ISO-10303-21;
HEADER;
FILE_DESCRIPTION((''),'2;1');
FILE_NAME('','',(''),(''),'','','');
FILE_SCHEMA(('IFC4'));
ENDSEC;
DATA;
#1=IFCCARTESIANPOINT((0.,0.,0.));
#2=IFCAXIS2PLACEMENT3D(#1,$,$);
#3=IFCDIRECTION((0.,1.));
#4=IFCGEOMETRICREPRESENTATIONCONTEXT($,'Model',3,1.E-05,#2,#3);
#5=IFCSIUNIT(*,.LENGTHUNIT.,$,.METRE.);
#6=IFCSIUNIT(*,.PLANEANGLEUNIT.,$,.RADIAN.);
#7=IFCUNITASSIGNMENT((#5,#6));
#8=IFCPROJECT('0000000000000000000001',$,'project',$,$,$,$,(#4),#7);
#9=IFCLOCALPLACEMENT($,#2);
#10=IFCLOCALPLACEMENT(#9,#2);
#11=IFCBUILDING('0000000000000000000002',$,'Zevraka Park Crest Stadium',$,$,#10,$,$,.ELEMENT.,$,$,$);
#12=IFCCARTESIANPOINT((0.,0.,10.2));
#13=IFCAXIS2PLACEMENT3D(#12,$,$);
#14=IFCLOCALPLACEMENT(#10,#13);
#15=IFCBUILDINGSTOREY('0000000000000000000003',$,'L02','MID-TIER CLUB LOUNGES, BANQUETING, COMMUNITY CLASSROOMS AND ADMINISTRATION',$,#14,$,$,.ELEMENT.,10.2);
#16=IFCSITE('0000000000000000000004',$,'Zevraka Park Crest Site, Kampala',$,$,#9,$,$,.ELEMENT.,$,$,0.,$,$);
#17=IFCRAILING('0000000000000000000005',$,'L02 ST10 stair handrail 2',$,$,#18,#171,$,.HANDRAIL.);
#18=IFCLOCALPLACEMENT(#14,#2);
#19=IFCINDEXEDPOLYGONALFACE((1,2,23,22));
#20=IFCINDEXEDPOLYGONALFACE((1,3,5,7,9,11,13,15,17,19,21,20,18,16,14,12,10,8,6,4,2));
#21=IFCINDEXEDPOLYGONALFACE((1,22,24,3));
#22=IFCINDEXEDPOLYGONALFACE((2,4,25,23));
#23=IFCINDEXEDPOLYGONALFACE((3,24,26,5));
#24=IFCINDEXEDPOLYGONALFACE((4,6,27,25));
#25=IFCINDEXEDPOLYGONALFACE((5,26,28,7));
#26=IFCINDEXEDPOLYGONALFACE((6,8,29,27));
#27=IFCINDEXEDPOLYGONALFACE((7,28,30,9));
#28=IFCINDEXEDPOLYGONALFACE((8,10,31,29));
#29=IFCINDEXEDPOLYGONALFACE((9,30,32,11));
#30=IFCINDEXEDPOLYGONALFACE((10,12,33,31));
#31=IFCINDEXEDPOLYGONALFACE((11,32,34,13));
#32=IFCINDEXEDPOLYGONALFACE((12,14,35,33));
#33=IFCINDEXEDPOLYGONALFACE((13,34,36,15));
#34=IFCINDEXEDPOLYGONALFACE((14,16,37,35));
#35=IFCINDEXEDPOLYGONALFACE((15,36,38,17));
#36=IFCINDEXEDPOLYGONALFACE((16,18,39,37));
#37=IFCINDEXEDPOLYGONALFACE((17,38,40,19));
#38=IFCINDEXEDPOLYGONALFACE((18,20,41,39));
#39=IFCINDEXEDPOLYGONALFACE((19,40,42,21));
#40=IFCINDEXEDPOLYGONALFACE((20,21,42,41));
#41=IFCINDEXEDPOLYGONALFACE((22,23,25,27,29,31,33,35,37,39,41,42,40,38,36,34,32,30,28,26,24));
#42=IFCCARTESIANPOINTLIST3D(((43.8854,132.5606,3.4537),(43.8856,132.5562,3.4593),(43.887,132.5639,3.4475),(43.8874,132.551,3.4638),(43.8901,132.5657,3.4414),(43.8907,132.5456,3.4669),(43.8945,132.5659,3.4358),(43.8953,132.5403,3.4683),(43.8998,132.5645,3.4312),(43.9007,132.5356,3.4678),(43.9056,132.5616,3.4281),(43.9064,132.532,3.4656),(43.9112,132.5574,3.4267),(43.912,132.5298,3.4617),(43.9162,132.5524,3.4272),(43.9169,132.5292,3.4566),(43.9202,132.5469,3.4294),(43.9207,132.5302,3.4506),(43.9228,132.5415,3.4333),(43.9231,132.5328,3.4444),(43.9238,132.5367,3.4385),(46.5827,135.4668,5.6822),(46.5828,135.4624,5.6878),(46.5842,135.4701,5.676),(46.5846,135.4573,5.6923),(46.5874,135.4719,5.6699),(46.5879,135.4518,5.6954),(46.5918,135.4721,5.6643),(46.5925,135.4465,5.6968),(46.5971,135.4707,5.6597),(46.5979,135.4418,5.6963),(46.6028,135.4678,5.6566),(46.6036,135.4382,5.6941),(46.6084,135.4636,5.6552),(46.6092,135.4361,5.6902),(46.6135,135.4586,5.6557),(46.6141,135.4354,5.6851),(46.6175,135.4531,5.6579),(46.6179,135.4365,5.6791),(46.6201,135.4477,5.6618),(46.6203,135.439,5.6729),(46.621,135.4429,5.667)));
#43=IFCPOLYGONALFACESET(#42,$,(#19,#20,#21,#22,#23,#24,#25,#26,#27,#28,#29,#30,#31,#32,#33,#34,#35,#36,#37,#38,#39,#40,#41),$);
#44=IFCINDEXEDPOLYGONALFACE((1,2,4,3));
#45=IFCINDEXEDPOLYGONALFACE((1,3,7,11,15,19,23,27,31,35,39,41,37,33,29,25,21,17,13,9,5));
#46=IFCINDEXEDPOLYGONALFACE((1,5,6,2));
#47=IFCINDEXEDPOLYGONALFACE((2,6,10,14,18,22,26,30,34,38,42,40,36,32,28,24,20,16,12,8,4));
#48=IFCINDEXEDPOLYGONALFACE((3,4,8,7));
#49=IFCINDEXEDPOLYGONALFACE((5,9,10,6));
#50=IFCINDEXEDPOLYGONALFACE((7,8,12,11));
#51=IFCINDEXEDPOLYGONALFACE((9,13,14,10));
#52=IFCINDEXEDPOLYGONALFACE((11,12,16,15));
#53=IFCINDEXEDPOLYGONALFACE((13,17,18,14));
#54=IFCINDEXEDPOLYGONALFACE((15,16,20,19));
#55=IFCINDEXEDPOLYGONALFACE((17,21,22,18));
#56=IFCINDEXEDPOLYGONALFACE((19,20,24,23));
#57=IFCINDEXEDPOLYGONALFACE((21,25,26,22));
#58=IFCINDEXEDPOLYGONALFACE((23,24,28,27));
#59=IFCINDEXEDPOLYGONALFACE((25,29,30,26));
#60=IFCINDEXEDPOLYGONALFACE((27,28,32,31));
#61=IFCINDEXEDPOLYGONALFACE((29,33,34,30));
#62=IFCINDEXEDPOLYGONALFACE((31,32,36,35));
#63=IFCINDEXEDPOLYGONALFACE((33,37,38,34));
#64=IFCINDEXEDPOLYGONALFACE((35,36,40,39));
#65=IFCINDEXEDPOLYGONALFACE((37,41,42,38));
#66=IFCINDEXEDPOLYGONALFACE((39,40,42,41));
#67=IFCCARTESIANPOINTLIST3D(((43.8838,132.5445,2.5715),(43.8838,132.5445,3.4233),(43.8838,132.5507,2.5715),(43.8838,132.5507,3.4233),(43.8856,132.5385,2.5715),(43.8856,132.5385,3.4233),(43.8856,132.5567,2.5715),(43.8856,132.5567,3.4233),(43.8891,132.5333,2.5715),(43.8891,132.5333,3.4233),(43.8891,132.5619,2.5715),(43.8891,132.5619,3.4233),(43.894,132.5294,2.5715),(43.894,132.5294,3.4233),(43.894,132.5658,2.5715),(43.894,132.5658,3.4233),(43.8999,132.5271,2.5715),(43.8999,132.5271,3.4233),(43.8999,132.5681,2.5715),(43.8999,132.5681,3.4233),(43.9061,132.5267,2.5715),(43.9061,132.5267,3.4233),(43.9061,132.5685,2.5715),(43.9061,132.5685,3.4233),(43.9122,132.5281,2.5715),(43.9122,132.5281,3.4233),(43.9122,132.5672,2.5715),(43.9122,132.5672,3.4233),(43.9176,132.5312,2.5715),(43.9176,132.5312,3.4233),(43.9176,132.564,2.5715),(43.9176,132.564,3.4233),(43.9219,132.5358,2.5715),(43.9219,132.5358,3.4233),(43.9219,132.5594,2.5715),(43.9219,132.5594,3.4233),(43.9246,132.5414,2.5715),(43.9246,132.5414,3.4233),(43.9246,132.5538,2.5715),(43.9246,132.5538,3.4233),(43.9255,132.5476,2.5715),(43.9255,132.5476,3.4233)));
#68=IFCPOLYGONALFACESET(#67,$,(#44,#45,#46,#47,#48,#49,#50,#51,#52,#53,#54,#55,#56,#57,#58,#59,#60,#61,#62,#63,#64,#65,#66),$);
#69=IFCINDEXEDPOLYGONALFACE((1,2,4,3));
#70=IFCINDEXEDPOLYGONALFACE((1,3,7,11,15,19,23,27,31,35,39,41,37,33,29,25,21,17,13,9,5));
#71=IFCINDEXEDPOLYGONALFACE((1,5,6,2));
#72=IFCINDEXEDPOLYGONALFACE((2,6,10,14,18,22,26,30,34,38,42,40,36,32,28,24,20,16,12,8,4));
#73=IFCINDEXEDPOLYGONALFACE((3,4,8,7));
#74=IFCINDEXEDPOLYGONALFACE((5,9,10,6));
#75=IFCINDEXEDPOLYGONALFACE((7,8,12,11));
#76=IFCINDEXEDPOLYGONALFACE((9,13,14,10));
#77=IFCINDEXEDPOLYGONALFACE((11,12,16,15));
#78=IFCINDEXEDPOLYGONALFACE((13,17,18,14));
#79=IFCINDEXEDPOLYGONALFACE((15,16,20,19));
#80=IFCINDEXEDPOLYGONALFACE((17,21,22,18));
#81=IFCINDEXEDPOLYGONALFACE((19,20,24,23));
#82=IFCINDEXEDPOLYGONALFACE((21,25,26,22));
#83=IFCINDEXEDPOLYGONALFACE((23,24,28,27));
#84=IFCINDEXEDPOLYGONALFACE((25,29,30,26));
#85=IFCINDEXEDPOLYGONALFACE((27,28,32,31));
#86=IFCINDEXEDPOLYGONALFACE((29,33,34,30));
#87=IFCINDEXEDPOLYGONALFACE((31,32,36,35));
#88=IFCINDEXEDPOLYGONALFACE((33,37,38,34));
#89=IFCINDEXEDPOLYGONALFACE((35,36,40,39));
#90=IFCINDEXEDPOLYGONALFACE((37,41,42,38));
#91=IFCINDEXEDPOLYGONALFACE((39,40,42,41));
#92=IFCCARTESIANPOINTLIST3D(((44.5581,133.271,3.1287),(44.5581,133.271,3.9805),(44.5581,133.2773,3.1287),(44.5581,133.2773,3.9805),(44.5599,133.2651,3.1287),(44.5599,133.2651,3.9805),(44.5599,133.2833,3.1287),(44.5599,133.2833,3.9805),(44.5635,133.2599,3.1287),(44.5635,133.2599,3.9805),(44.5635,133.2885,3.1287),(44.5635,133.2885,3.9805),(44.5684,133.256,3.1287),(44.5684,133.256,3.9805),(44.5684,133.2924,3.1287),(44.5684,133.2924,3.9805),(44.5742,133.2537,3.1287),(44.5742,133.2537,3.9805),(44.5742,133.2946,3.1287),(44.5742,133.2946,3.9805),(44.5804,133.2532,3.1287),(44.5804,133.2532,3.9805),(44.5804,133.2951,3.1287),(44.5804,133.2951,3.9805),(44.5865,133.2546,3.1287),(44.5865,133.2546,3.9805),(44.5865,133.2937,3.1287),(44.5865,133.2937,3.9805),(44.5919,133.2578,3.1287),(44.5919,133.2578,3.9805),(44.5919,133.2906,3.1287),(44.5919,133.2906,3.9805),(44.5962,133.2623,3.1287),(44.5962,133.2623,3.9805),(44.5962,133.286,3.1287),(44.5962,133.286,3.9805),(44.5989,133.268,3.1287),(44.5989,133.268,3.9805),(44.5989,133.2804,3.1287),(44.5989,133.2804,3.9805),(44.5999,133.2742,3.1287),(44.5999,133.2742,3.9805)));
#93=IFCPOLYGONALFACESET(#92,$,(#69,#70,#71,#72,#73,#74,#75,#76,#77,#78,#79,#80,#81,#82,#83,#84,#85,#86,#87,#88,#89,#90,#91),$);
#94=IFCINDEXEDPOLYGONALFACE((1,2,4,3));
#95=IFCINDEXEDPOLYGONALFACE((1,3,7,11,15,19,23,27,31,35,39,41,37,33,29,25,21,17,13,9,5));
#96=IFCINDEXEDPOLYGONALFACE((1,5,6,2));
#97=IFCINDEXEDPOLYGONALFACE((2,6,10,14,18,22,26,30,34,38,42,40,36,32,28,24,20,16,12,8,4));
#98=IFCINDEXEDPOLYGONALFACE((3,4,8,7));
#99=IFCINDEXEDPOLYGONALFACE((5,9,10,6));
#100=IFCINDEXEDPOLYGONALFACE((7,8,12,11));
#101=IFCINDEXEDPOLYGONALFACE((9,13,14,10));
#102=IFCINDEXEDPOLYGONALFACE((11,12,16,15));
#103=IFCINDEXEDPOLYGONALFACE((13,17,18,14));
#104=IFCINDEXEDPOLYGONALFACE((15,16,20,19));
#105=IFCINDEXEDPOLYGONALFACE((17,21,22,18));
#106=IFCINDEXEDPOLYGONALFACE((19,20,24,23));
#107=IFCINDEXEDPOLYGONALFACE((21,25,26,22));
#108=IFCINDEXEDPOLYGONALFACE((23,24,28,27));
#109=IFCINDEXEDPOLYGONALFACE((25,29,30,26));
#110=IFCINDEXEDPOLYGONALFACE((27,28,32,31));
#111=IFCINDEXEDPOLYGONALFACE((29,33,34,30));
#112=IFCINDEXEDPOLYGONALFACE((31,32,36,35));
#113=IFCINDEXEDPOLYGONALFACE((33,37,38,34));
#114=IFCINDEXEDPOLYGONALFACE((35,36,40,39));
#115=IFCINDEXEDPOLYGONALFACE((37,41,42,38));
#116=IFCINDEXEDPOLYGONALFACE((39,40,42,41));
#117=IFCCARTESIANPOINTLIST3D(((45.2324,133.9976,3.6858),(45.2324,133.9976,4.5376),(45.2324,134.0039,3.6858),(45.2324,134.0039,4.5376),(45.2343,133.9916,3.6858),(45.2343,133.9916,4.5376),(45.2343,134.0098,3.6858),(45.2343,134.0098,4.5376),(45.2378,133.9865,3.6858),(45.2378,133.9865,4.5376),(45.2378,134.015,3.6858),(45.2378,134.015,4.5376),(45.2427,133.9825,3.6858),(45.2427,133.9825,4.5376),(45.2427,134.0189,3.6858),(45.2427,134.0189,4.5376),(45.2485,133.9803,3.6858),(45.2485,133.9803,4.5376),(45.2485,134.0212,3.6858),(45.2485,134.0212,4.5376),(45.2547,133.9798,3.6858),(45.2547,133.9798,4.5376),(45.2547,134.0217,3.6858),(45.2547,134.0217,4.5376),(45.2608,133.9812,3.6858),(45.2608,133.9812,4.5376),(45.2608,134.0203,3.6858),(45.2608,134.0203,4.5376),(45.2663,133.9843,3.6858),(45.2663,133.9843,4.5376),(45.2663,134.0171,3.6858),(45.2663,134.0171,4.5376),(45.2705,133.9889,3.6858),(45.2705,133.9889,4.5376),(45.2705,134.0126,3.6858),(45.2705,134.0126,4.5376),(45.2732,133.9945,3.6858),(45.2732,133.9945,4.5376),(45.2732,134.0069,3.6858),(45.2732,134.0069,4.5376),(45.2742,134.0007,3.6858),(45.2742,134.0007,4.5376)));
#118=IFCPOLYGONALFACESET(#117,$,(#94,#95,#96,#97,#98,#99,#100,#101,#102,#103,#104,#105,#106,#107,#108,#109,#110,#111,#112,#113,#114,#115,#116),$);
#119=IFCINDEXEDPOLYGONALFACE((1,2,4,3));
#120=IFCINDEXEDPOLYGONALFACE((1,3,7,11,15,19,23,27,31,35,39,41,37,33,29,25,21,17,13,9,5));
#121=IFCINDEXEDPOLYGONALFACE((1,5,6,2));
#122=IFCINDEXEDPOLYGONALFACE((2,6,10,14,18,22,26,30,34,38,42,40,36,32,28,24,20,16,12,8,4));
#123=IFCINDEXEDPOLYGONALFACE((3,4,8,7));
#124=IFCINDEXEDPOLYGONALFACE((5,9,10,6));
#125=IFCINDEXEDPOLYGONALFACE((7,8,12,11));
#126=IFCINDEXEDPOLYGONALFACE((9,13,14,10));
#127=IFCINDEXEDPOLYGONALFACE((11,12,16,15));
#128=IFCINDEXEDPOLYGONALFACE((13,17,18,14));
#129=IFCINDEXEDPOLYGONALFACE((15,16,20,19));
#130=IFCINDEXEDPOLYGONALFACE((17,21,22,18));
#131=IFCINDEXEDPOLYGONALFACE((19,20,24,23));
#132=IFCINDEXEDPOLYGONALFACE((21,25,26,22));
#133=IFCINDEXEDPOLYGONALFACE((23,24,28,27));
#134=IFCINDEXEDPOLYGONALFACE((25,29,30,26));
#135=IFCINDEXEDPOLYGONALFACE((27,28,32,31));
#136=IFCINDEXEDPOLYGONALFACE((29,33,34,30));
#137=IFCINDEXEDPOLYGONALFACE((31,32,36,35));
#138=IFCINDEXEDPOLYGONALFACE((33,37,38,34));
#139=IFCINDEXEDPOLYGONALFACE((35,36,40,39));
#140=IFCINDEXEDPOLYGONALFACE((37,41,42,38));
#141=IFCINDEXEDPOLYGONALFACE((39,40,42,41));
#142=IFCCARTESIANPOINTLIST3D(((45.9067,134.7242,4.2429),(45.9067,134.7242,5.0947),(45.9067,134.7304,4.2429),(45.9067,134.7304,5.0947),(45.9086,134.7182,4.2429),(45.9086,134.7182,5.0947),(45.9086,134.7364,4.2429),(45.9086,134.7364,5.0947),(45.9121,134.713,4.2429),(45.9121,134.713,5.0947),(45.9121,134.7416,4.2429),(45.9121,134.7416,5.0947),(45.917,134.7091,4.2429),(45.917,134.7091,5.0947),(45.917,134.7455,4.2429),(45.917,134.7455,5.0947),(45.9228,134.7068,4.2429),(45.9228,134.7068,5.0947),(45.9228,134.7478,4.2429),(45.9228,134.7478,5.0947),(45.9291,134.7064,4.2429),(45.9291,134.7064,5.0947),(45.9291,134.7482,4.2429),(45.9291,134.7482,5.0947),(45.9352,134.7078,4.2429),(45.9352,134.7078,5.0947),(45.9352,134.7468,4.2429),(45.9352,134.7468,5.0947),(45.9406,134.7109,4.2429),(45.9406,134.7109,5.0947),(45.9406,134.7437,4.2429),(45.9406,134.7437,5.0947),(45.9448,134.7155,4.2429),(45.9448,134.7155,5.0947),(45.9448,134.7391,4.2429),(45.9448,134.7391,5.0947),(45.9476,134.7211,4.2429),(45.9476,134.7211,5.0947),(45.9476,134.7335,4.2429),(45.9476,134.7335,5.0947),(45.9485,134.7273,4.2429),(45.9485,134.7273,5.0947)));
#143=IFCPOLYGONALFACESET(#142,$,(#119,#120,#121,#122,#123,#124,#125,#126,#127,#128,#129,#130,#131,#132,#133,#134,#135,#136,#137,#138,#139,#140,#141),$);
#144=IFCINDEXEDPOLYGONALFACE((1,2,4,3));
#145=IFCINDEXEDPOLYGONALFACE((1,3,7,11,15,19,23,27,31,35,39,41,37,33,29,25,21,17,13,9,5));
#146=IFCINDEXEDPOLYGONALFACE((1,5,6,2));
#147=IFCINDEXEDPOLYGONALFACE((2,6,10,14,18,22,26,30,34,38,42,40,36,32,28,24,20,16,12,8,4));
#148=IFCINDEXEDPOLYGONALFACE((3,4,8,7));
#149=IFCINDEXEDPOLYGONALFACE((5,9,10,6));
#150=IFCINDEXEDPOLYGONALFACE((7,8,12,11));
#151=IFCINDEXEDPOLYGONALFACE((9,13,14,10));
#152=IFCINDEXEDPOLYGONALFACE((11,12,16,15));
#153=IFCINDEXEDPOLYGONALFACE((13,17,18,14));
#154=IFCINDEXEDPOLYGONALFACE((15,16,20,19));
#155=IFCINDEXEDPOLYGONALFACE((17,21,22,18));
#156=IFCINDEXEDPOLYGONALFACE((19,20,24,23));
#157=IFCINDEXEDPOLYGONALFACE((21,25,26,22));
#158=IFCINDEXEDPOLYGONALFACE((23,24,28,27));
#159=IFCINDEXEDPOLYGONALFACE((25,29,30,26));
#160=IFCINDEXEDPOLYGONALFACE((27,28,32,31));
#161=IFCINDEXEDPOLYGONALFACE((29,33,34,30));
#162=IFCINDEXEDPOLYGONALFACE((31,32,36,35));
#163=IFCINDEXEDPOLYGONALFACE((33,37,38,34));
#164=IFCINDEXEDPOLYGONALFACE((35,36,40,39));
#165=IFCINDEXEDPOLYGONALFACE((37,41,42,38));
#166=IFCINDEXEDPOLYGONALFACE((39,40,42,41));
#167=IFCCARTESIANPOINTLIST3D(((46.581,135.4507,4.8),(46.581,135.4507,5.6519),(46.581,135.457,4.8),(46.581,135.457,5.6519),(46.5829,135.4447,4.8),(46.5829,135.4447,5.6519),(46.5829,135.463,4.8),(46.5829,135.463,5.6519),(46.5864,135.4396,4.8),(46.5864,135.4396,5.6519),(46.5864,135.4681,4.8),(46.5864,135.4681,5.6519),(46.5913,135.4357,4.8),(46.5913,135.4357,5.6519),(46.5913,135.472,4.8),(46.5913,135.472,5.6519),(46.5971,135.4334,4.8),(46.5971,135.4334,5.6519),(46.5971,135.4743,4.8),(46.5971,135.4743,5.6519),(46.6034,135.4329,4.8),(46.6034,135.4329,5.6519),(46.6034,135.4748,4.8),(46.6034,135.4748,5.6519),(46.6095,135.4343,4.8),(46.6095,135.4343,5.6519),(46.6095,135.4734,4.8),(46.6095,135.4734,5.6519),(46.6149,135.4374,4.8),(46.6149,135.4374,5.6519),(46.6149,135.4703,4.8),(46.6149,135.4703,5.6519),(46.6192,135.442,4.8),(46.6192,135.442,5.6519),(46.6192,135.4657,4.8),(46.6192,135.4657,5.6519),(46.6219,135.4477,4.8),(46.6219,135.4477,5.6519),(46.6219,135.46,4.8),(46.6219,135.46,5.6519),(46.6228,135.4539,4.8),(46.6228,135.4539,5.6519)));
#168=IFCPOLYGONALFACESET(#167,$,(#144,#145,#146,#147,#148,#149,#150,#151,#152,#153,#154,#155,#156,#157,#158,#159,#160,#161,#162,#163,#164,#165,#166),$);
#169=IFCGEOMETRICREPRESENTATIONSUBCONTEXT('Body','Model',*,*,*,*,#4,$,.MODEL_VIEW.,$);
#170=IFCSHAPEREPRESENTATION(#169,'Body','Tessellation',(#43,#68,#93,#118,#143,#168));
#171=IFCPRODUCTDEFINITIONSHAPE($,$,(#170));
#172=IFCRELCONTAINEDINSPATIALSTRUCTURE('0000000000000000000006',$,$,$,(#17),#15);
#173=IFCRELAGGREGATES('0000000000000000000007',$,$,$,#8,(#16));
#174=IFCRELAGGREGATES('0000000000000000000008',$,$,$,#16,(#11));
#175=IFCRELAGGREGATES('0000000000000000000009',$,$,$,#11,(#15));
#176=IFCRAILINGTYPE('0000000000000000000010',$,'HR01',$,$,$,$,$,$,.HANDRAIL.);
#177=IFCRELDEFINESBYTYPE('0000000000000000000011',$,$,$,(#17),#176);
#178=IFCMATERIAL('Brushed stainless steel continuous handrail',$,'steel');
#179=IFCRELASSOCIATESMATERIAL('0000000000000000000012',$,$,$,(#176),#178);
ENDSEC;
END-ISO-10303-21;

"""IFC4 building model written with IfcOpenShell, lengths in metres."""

from ifc_helpers import new_model, si_unit, direction, frame, origin, origin_2d, place, context, subcontext, project, spatial, circle, extrude, material, type_object, element, save


model = new_model("IFC4")

# Units and contexts
model_context = context("Model", 3, precision=1e-05, world=origin(), true_north=direction((0.0, 1.0)))
body_context = subcontext(model_context, "Body", "Model", "MODEL_VIEW")
ifc_project = project(units=[si_unit("LENGTHUNIT", "METRE"), si_unit("PLANEANGLEUNIT", "RADIAN")], contexts=[model_context])

# Site, building, storey
site_placement = place(None, origin())
site = spatial("IfcSite", under=ifc_project, at=site_placement, Name="Zevraka Park Crest Site, Kampala", CompositionType="ELEMENT", RefElevation=0.0)
building_placement = place(site_placement, origin())
building = spatial("IfcBuilding", under=site, at=building_placement, Name="Zevraka Park Crest Stadium", CompositionType="ELEMENT")
storey_placement = place(building_placement, frame((0.0, 0.0, 10.2)))
storey = spatial("IfcBuildingStorey", under=building, at=storey_placement, Name="L02", Description="MID-TIER CLUB LOUNGES, BANQUETING, COMMUNITY CLASSROOMS AND ADMINISTRATION", CompositionType="ELEMENT", Elevation=10.2)

# Railing
ifc_material_1 = material(Name="Brushed stainless steel continuous handrail", Category="steel")
railing_type_1 = type_object("IfcRailingType", Name="HR01", PredefinedType="HANDRAIL", material=ifc_material_1)
railing_1_placement = place(storey_placement, frame((43.9045, 132.5476, 2.5715)))
element("IfcRailing", 1, at=railing_1_placement, inside=storey, type_object=railing_type_1, Name="L02 ST10 stair handrail 2", PredefinedType="HANDRAIL", context=body_context, shape_type="SweptSolid", body=[
    extrude(circle(Radius=0.0239, at=origin_2d()), frame((0.0, 0.0, 0.876), z_axis=(0.593016, 0.638963, 0.489957), x_axis=(-0.732969, 0.680262, 0.0)), (0.0, 0.0, 1.0), 4.5483),
    extrude(circle(Radius=0.021, at=origin_2d()), origin(), (0.0, 0.0, 1.0), 0.8518),
    extrude(circle(Radius=0.021, at=origin_2d()), frame((0.6743, 0.7266, 0.5571)), (0.0, 0.0, 1.0), 0.8518),
    extrude(circle(Radius=0.021, at=origin_2d()), frame((1.3486, 1.4531, 1.1143)), (0.0, 0.0, 1.0), 0.8518),
    extrude(circle(Radius=0.021, at=origin_2d()), frame((2.0229, 2.1797, 1.6714)), (0.0, 0.0, 1.0), 0.8518),
    extrude(circle(Radius=0.021, at=origin_2d()), frame((2.6973, 2.9062, 2.2285)), (0.0, 0.0, 1.0), 0.8518),
])

save(model, "model.ifc")
